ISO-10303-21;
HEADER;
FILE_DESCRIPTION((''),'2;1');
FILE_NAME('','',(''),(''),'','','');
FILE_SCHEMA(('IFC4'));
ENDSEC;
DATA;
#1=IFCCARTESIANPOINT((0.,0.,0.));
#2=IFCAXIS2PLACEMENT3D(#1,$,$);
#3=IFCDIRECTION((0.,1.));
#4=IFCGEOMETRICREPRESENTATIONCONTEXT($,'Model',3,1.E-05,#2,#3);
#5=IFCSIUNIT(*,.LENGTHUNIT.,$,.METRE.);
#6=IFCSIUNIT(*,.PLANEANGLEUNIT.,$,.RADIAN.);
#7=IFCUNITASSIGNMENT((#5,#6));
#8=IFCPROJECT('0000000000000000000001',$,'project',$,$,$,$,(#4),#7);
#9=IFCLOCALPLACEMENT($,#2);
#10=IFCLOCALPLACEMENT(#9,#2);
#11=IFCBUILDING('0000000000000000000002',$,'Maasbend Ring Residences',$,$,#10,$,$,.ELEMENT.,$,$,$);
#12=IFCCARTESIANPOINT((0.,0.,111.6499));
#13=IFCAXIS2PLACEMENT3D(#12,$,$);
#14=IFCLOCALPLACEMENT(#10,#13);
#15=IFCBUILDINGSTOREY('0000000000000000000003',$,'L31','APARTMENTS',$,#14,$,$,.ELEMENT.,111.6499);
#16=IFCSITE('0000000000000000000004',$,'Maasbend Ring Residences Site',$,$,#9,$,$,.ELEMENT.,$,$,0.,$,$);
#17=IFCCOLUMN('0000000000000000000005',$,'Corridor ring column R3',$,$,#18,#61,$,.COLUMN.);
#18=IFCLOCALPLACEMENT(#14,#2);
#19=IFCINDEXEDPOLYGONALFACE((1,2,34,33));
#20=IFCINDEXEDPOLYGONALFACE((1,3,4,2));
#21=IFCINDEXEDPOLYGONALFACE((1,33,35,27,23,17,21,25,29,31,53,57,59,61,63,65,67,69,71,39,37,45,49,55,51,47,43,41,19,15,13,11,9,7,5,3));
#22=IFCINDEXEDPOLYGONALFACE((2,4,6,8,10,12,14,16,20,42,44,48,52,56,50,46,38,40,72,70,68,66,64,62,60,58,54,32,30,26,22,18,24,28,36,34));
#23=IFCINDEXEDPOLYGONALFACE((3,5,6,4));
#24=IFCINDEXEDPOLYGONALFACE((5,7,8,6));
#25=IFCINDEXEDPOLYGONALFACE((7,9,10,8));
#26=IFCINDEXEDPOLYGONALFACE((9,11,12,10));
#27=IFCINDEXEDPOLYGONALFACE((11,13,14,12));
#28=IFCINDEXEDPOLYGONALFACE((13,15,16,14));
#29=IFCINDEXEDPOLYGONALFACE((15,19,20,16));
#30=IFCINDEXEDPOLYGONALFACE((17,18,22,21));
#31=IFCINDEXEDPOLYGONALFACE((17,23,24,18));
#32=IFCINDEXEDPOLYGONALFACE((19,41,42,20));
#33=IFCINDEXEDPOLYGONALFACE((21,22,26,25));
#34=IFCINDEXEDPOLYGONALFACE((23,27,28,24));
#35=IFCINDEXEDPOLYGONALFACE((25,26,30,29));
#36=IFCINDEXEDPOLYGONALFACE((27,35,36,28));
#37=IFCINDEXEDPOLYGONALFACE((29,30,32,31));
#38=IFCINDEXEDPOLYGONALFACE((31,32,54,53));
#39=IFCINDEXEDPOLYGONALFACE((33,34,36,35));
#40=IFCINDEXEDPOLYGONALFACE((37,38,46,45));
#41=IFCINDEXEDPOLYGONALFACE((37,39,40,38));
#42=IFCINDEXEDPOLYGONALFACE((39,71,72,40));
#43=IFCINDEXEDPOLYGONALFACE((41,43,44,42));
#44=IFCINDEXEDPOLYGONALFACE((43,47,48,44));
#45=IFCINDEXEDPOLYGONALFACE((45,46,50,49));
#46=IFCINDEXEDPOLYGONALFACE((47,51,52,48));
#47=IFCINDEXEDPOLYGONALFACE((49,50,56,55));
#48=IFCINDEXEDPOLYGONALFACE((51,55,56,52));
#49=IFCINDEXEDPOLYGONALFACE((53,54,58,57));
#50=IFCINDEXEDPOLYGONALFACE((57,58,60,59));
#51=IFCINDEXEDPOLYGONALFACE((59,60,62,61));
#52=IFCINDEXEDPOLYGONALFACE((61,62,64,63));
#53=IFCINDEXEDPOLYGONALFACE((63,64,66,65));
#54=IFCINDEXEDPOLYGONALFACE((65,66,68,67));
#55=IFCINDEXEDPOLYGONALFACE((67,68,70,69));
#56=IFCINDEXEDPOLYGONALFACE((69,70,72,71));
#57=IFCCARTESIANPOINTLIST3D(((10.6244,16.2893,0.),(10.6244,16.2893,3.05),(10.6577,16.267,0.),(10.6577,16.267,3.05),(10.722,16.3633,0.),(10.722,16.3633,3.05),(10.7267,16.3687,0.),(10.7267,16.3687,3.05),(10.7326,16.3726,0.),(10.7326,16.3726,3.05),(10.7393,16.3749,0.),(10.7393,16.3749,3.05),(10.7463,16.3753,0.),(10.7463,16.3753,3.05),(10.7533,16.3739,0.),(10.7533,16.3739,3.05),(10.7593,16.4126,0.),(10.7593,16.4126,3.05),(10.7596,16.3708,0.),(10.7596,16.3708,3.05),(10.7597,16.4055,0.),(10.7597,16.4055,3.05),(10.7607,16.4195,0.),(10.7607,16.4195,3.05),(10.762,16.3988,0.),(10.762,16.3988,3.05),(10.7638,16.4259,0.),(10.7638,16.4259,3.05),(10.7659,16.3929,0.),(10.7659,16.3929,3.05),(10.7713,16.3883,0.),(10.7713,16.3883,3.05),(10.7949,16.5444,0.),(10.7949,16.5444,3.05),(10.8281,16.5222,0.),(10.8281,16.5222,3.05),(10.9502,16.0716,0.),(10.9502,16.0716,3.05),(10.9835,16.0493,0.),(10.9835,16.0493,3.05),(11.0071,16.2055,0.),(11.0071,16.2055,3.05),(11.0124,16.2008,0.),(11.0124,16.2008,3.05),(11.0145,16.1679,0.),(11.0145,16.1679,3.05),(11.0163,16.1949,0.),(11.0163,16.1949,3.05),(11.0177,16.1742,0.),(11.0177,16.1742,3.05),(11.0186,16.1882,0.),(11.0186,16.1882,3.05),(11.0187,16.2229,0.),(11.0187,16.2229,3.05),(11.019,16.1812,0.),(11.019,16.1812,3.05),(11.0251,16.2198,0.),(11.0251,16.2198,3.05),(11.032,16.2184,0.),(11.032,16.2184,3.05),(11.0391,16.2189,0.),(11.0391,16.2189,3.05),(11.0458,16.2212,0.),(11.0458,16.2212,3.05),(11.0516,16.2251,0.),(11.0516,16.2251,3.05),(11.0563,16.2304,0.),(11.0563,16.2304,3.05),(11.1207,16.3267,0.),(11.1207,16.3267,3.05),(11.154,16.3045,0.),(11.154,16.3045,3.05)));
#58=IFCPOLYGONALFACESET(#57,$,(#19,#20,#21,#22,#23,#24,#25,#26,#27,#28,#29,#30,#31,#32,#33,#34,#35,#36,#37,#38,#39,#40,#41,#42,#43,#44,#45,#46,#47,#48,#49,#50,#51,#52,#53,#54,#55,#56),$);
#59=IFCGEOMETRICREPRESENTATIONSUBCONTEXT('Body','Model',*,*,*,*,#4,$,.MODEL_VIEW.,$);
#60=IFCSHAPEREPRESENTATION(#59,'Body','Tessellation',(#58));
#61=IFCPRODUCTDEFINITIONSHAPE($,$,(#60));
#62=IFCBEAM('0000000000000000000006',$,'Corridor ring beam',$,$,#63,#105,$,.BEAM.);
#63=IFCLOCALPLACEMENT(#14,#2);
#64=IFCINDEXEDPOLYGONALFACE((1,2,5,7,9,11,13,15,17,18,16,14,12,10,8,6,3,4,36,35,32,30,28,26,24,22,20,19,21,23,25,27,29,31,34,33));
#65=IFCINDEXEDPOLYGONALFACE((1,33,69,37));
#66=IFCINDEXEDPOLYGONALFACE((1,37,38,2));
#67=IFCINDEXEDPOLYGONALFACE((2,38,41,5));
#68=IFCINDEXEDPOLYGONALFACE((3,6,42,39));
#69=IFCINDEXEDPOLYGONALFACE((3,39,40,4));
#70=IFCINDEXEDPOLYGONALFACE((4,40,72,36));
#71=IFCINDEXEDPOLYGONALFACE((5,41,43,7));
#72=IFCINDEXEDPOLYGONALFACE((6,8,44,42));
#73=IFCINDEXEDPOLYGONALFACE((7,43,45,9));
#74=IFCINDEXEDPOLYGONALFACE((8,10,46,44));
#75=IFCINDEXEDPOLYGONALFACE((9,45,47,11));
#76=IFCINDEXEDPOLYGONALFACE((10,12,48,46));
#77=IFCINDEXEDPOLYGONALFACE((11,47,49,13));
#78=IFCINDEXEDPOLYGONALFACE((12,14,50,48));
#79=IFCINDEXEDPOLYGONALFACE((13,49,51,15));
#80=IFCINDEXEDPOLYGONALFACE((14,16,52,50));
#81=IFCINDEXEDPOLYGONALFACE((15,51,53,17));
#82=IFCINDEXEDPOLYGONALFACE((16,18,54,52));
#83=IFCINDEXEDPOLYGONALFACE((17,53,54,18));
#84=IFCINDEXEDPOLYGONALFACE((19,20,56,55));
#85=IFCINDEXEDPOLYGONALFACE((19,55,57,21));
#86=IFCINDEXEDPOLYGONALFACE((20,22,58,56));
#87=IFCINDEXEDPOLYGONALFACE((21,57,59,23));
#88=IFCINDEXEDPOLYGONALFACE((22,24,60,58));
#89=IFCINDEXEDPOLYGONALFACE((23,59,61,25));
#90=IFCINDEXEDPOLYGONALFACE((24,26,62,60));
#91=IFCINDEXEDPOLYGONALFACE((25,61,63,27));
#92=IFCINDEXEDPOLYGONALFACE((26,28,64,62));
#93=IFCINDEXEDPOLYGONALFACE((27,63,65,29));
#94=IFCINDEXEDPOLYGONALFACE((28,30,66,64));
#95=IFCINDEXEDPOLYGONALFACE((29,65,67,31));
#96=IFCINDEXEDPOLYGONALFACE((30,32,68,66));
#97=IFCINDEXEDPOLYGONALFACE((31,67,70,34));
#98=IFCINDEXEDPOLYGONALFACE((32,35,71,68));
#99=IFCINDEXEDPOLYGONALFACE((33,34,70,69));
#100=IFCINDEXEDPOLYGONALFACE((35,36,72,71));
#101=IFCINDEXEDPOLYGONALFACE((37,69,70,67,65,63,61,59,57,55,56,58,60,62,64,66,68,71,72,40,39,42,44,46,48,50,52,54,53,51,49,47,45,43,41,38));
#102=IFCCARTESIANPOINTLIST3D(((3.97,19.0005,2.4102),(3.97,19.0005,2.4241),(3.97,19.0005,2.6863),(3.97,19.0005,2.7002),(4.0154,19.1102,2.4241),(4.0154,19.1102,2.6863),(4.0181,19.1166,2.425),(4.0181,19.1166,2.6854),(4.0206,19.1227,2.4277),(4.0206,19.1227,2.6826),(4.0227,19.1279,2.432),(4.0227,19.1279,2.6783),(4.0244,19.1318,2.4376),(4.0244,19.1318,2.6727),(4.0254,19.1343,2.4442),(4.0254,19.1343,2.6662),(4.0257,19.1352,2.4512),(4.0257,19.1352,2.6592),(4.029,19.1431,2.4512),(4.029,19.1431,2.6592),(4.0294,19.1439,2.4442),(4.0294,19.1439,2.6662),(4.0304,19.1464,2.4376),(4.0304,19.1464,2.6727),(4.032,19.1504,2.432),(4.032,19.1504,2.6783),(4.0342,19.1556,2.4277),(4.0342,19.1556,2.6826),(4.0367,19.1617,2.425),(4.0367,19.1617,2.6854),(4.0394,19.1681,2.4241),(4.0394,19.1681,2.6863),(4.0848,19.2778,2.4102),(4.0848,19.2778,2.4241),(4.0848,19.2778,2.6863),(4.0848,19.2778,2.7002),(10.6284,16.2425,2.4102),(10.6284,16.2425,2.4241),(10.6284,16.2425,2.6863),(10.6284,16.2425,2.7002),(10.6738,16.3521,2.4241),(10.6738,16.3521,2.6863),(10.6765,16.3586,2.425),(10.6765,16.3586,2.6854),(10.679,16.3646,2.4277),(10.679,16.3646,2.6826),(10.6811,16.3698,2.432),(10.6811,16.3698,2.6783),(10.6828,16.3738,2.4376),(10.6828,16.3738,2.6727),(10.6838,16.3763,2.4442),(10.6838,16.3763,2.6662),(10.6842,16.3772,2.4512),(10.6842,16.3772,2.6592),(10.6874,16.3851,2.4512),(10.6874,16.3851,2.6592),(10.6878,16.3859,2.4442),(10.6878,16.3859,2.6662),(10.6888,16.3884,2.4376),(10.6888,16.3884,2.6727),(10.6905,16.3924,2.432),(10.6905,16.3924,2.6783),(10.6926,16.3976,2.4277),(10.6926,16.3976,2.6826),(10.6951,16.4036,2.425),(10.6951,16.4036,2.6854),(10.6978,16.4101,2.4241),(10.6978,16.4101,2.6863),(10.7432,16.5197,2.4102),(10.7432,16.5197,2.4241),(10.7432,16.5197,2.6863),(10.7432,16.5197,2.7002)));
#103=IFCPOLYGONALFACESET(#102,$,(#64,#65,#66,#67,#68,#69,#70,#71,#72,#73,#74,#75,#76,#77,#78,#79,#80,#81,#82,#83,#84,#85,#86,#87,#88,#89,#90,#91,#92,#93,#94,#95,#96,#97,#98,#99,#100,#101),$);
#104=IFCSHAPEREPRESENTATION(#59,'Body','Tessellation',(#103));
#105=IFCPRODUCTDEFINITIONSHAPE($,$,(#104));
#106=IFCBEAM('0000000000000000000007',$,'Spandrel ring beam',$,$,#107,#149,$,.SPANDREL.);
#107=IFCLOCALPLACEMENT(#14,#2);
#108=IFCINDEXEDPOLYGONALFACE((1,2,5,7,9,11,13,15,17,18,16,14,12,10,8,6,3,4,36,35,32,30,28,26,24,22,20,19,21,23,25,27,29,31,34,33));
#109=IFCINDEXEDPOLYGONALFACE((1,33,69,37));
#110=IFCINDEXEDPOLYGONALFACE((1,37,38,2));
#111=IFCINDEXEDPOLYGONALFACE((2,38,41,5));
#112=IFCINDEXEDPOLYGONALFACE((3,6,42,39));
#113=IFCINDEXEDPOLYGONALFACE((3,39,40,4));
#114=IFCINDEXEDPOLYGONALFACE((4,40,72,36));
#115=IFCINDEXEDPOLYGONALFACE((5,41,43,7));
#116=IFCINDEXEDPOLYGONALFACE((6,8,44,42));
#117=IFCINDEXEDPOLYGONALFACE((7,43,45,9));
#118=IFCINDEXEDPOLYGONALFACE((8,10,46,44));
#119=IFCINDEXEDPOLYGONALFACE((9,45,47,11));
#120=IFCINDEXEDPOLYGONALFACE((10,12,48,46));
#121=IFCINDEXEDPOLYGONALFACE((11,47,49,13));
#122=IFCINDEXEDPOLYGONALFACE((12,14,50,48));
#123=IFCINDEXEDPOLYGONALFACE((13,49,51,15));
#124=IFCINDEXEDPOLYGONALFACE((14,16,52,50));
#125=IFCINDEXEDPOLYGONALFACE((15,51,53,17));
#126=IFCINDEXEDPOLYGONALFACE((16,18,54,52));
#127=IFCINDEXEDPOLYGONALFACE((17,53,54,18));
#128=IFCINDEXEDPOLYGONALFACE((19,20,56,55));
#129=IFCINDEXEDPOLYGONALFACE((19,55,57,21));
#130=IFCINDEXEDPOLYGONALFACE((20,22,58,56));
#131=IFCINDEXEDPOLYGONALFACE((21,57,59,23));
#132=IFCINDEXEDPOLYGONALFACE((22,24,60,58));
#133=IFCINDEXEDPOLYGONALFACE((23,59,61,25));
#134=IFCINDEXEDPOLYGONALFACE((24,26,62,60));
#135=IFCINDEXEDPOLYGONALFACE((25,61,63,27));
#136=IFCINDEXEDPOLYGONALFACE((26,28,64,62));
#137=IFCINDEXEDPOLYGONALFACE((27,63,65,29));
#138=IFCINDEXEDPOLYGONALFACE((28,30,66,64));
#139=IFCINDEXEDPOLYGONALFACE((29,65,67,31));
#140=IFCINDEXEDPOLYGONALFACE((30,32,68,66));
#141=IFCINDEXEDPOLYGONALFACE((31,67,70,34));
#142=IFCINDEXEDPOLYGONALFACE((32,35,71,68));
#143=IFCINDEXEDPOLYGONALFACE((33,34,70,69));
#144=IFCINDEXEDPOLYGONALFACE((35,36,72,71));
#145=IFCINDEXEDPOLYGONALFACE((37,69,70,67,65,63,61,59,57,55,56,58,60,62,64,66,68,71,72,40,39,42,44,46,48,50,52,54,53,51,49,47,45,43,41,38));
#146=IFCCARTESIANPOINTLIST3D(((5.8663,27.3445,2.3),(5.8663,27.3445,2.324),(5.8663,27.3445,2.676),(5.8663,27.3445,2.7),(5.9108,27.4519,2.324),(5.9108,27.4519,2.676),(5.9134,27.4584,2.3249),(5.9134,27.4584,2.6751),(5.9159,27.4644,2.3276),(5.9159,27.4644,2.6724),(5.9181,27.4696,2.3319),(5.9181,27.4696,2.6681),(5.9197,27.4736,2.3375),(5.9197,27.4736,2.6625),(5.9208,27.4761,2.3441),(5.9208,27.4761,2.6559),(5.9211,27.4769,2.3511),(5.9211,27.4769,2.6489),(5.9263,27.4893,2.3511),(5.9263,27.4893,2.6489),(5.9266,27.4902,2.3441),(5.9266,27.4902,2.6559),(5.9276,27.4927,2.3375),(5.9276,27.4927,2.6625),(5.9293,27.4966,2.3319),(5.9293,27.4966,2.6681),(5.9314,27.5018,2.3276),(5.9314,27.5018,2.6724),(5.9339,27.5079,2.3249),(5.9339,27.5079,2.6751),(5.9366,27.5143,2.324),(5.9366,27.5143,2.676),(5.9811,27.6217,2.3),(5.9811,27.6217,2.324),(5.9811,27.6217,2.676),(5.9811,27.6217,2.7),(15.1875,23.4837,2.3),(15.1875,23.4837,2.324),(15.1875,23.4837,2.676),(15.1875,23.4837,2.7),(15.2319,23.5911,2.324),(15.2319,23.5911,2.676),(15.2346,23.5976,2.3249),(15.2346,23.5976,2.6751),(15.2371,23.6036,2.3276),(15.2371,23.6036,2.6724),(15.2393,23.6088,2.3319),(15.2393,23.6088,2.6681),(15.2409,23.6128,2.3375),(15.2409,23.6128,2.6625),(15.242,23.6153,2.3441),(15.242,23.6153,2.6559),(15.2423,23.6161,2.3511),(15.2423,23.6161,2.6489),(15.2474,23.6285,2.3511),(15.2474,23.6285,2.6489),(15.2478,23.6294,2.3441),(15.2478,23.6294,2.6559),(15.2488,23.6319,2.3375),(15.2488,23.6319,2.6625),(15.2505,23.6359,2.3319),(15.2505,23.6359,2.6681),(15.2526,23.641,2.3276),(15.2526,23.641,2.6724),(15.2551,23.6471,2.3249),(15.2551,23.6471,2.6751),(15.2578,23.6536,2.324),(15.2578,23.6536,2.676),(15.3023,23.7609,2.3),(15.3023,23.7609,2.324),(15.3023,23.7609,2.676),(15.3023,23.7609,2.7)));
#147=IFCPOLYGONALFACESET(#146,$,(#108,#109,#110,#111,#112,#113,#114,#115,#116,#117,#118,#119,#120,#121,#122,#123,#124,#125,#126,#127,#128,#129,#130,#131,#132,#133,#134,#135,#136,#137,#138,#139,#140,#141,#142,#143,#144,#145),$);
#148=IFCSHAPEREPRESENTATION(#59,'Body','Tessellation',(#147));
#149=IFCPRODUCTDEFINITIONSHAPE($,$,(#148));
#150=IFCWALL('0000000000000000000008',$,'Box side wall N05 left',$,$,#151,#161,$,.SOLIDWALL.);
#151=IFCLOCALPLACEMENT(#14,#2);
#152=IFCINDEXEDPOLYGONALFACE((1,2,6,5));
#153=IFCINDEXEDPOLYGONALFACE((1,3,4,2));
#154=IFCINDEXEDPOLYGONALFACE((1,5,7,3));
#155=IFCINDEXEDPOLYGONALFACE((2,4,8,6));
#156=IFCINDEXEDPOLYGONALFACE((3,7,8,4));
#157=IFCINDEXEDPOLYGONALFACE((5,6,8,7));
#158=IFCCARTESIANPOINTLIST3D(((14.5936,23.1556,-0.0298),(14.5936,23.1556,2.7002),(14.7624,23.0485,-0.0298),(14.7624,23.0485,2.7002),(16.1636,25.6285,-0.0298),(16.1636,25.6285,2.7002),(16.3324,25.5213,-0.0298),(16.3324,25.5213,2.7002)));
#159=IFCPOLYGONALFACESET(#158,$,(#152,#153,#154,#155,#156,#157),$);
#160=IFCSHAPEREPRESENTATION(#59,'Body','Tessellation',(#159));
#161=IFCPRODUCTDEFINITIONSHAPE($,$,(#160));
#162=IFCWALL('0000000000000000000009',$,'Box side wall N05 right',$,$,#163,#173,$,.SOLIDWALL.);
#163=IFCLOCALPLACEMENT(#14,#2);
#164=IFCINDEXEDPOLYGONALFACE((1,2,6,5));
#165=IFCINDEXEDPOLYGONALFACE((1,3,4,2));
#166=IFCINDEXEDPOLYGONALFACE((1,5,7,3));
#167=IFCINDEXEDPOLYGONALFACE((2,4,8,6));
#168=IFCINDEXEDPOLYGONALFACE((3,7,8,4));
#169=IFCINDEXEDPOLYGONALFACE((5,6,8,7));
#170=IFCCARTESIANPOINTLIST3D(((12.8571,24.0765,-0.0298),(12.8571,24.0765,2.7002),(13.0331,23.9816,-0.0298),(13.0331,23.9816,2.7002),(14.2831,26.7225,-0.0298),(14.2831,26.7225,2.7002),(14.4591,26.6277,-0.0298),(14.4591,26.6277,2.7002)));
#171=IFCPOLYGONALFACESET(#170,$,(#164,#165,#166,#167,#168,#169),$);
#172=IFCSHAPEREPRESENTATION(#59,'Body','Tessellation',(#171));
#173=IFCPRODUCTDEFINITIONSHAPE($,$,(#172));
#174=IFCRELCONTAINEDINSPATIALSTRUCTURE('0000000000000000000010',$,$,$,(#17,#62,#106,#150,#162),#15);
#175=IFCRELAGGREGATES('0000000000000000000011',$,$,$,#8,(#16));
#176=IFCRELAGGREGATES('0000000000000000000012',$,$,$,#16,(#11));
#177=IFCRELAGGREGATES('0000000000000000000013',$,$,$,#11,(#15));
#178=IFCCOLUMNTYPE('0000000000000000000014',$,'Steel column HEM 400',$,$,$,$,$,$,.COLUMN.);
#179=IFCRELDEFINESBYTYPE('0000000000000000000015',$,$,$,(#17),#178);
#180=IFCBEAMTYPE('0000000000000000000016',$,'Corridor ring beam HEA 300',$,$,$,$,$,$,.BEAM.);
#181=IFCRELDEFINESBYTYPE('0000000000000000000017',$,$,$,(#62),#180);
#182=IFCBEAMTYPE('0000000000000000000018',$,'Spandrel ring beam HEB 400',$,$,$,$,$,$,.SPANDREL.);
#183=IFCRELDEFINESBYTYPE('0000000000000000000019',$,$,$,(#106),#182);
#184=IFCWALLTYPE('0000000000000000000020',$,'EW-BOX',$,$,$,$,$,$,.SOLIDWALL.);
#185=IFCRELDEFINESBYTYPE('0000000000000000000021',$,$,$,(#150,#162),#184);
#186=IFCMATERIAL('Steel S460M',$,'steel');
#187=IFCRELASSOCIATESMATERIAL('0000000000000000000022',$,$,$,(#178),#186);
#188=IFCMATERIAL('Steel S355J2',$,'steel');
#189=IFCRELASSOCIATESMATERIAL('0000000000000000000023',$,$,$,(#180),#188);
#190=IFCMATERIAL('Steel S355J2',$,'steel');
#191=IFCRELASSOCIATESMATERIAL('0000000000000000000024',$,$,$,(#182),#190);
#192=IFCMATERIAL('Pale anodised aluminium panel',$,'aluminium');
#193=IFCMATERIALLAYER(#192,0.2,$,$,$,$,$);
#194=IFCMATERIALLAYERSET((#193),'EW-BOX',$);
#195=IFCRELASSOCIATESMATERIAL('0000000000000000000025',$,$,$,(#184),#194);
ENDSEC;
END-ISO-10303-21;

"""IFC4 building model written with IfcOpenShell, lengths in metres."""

from ifc_helpers import new_model, si_unit, direction, frame, frame_2d, origin, origin_2d, place, context, subcontext, project, spatial, rectangle, i_section, extrude, material, layer, layer_set, material_profile, profile_set, type_object, element, save


model = new_model("IFC4")

# Units and contexts
model_context = context("Model", 3, precision=1e-05, world=origin(), true_north=direction((0.0, 1.0)))
body_context = subcontext(model_context, "Body", "Model", "MODEL_VIEW")
ifc_project = project(units=[si_unit("LENGTHUNIT", "METRE"), si_unit("PLANEANGLEUNIT", "RADIAN")], contexts=[model_context])

# Site, building, storey
site_placement = place(None, origin())
site = spatial("IfcSite", under=ifc_project, at=site_placement, Name="Maasbend Ring Residences Site", CompositionType="ELEMENT", RefElevation=0.0)
building_placement = place(site_placement, origin())
building = spatial("IfcBuilding", under=site, at=building_placement, Name="Maasbend Ring Residences", CompositionType="ELEMENT")
storey_placement = place(building_placement, frame((0.0, 0.0, 111.6499)))
storey = spatial("IfcBuildingStorey", under=building, at=storey_placement, Name="L31", Description="APARTMENTS", CompositionType="ELEMENT", Elevation=111.6499)

# Column
ifc_material_1 = material(Name="Steel S460M", Category="steel")
ifc_material_profile_1 = material_profile(ifc_material_1, i_section(OverallWidth=0.3069, OverallDepth=0.4319, WebThickness=0.021, FlangeThickness=0.04, FilletRadius=0.0271, at=origin_2d()), Name="HEM 400")
ifc_profile_set_1 = profile_set([ifc_material_profile_1], Name="Steel S460M")
column_type = type_object("IfcColumnType", Name="Steel column HEM 400", PredefinedType="COLUMN", material=ifc_profile_set_1)
column_placement = place(storey_placement, frame((10.8892, 16.2969, 0.0), z_axis=(0.0, 0.0, 1.0), x_axis=(0.55557, 0.83147, 0.0)))
element("IfcColumn", 1, at=column_placement, inside=storey, type_object=column_type, Name="Corridor ring column R3", PredefinedType="COLUMN", context=body_context, shape_type="SweptSolid", body=[
    extrude(i_section(OverallWidth=0.3069, OverallDepth=0.4319, WebThickness=0.021, FlangeThickness=0.04, FilletRadius=0.0271, at=origin_2d()), origin(), (0.0, 0.0, 1.0), 3.05),
])

# Beams
ifc_material_2 = material(Name="Steel S355J2", Category="steel")
ifc_material_profile_2 = material_profile(ifc_material_2, i_section(OverallWidth=0.3, OverallDepth=0.29, WebThickness=0.0085, FlangeThickness=0.0139, FilletRadius=0.0271, at=origin_2d()), Name="HEA 300")
ifc_profile_set_2 = profile_set([ifc_material_profile_2], Name="Steel S355J2")
beam_type_1 = type_object("IfcBeamType", Name="Corridor ring beam HEA 300", PredefinedType="BEAM", material=ifc_profile_set_2)
beam_1_placement = place(storey_placement, frame((10.6858, 16.3811, 2.5552), z_axis=(-0.923878, 0.382688, 0.0), x_axis=(-0.382688, -0.923878, 0.0)))
element("IfcBeam", 2, at=beam_1_placement, inside=storey, type_object=beam_type_1, Name="Corridor ring beam", PredefinedType="BEAM", context=body_context, shape_type="SweptSolid", body=[
    extrude(i_section(OverallWidth=0.3, OverallDepth=0.29, WebThickness=0.0085, FlangeThickness=0.0139, FilletRadius=0.0271, at=origin_2d()), origin(), (0.0, 0.0, 1.0), 7.207),
])
ifc_material_3 = material(Name="Steel S355J2", Category="steel")
ifc_material_profile_3 = material_profile(ifc_material_3, i_section(OverallWidth=0.3, OverallDepth=0.3999, WebThickness=0.0134, FlangeThickness=0.0239, FilletRadius=0.0271, at=origin_2d()), Name="HEB 400")
ifc_profile_set_3 = profile_set([ifc_material_profile_3], Name="Steel S355J2")
beam_type_2 = type_object("IfcBeamType", Name="Spandrel ring beam HEB 400", PredefinedType="SPANDREL", material=ifc_profile_set_3)
beam_2_placement = place(storey_placement, frame((15.2449, 23.6223, 2.5), z_axis=(-0.923885, 0.38267, 0.0), x_axis=(-0.38267, -0.923885, 0.0)))
element("IfcBeam", 3, at=beam_2_placement, inside=storey, type_object=beam_type_2, Name="Spandrel ring beam", PredefinedType="SPANDREL", context=body_context, shape_type="SweptSolid", body=[
    extrude(i_section(OverallWidth=0.3, OverallDepth=0.3999, WebThickness=0.0134, FlangeThickness=0.0239, FilletRadius=0.0271, at=origin_2d()), origin(), (0.0, 0.0, 1.0), 10.0891),
])

# Walls
ifc_material_4 = material(Name="Pale anodised aluminium panel", Category="aluminium")
ifc_layer_1 = layer(ifc_material_4, 0.2)
ifc_layer_set_1 = layer_set([ifc_layer_1], Name="EW-BOX")
wall_type_1 = type_object("IfcWallType", Name="EW-BOX", PredefinedType="SOLIDWALL", material=ifc_layer_set_1)
wall_1_placement = place(storey_placement, frame((14.678, 23.1021, -0.0298), z_axis=(0.0, 0.0, 1.0), x_axis=(0.536002, 0.844217, 0.0)))
element("IfcWall", 4, at=wall_1_placement, inside=storey, type_object=wall_type_1, Name="Box side wall N05 left", PredefinedType="SOLIDWALL", context=body_context, shape_type="SweptSolid", body=[
    extrude(rectangle(XDim=2.9292, YDim=0.2, at=frame_2d((1.4646, 0.0))), origin(), (0.0, 0.0, 1.0), 2.73),
])
wall_2_placement = place(storey_placement, frame((12.9451, 24.0291, -0.0298), z_axis=(0.0, 0.0, 1.0), x_axis=(0.474424, 0.880296, 0.0)))
element("IfcWall", 5, at=wall_2_placement, inside=storey, type_object=wall_type_1, Name="Box side wall N05 right", PredefinedType="SOLIDWALL", context=body_context, shape_type="SweptSolid", body=[
    extrude(rectangle(XDim=3.0059, YDim=0.2, at=frame_2d((1.5029, 0.0))), origin(), (0.0, 0.0, 1.0), 2.73),
])

save(model, "model.ifc")
